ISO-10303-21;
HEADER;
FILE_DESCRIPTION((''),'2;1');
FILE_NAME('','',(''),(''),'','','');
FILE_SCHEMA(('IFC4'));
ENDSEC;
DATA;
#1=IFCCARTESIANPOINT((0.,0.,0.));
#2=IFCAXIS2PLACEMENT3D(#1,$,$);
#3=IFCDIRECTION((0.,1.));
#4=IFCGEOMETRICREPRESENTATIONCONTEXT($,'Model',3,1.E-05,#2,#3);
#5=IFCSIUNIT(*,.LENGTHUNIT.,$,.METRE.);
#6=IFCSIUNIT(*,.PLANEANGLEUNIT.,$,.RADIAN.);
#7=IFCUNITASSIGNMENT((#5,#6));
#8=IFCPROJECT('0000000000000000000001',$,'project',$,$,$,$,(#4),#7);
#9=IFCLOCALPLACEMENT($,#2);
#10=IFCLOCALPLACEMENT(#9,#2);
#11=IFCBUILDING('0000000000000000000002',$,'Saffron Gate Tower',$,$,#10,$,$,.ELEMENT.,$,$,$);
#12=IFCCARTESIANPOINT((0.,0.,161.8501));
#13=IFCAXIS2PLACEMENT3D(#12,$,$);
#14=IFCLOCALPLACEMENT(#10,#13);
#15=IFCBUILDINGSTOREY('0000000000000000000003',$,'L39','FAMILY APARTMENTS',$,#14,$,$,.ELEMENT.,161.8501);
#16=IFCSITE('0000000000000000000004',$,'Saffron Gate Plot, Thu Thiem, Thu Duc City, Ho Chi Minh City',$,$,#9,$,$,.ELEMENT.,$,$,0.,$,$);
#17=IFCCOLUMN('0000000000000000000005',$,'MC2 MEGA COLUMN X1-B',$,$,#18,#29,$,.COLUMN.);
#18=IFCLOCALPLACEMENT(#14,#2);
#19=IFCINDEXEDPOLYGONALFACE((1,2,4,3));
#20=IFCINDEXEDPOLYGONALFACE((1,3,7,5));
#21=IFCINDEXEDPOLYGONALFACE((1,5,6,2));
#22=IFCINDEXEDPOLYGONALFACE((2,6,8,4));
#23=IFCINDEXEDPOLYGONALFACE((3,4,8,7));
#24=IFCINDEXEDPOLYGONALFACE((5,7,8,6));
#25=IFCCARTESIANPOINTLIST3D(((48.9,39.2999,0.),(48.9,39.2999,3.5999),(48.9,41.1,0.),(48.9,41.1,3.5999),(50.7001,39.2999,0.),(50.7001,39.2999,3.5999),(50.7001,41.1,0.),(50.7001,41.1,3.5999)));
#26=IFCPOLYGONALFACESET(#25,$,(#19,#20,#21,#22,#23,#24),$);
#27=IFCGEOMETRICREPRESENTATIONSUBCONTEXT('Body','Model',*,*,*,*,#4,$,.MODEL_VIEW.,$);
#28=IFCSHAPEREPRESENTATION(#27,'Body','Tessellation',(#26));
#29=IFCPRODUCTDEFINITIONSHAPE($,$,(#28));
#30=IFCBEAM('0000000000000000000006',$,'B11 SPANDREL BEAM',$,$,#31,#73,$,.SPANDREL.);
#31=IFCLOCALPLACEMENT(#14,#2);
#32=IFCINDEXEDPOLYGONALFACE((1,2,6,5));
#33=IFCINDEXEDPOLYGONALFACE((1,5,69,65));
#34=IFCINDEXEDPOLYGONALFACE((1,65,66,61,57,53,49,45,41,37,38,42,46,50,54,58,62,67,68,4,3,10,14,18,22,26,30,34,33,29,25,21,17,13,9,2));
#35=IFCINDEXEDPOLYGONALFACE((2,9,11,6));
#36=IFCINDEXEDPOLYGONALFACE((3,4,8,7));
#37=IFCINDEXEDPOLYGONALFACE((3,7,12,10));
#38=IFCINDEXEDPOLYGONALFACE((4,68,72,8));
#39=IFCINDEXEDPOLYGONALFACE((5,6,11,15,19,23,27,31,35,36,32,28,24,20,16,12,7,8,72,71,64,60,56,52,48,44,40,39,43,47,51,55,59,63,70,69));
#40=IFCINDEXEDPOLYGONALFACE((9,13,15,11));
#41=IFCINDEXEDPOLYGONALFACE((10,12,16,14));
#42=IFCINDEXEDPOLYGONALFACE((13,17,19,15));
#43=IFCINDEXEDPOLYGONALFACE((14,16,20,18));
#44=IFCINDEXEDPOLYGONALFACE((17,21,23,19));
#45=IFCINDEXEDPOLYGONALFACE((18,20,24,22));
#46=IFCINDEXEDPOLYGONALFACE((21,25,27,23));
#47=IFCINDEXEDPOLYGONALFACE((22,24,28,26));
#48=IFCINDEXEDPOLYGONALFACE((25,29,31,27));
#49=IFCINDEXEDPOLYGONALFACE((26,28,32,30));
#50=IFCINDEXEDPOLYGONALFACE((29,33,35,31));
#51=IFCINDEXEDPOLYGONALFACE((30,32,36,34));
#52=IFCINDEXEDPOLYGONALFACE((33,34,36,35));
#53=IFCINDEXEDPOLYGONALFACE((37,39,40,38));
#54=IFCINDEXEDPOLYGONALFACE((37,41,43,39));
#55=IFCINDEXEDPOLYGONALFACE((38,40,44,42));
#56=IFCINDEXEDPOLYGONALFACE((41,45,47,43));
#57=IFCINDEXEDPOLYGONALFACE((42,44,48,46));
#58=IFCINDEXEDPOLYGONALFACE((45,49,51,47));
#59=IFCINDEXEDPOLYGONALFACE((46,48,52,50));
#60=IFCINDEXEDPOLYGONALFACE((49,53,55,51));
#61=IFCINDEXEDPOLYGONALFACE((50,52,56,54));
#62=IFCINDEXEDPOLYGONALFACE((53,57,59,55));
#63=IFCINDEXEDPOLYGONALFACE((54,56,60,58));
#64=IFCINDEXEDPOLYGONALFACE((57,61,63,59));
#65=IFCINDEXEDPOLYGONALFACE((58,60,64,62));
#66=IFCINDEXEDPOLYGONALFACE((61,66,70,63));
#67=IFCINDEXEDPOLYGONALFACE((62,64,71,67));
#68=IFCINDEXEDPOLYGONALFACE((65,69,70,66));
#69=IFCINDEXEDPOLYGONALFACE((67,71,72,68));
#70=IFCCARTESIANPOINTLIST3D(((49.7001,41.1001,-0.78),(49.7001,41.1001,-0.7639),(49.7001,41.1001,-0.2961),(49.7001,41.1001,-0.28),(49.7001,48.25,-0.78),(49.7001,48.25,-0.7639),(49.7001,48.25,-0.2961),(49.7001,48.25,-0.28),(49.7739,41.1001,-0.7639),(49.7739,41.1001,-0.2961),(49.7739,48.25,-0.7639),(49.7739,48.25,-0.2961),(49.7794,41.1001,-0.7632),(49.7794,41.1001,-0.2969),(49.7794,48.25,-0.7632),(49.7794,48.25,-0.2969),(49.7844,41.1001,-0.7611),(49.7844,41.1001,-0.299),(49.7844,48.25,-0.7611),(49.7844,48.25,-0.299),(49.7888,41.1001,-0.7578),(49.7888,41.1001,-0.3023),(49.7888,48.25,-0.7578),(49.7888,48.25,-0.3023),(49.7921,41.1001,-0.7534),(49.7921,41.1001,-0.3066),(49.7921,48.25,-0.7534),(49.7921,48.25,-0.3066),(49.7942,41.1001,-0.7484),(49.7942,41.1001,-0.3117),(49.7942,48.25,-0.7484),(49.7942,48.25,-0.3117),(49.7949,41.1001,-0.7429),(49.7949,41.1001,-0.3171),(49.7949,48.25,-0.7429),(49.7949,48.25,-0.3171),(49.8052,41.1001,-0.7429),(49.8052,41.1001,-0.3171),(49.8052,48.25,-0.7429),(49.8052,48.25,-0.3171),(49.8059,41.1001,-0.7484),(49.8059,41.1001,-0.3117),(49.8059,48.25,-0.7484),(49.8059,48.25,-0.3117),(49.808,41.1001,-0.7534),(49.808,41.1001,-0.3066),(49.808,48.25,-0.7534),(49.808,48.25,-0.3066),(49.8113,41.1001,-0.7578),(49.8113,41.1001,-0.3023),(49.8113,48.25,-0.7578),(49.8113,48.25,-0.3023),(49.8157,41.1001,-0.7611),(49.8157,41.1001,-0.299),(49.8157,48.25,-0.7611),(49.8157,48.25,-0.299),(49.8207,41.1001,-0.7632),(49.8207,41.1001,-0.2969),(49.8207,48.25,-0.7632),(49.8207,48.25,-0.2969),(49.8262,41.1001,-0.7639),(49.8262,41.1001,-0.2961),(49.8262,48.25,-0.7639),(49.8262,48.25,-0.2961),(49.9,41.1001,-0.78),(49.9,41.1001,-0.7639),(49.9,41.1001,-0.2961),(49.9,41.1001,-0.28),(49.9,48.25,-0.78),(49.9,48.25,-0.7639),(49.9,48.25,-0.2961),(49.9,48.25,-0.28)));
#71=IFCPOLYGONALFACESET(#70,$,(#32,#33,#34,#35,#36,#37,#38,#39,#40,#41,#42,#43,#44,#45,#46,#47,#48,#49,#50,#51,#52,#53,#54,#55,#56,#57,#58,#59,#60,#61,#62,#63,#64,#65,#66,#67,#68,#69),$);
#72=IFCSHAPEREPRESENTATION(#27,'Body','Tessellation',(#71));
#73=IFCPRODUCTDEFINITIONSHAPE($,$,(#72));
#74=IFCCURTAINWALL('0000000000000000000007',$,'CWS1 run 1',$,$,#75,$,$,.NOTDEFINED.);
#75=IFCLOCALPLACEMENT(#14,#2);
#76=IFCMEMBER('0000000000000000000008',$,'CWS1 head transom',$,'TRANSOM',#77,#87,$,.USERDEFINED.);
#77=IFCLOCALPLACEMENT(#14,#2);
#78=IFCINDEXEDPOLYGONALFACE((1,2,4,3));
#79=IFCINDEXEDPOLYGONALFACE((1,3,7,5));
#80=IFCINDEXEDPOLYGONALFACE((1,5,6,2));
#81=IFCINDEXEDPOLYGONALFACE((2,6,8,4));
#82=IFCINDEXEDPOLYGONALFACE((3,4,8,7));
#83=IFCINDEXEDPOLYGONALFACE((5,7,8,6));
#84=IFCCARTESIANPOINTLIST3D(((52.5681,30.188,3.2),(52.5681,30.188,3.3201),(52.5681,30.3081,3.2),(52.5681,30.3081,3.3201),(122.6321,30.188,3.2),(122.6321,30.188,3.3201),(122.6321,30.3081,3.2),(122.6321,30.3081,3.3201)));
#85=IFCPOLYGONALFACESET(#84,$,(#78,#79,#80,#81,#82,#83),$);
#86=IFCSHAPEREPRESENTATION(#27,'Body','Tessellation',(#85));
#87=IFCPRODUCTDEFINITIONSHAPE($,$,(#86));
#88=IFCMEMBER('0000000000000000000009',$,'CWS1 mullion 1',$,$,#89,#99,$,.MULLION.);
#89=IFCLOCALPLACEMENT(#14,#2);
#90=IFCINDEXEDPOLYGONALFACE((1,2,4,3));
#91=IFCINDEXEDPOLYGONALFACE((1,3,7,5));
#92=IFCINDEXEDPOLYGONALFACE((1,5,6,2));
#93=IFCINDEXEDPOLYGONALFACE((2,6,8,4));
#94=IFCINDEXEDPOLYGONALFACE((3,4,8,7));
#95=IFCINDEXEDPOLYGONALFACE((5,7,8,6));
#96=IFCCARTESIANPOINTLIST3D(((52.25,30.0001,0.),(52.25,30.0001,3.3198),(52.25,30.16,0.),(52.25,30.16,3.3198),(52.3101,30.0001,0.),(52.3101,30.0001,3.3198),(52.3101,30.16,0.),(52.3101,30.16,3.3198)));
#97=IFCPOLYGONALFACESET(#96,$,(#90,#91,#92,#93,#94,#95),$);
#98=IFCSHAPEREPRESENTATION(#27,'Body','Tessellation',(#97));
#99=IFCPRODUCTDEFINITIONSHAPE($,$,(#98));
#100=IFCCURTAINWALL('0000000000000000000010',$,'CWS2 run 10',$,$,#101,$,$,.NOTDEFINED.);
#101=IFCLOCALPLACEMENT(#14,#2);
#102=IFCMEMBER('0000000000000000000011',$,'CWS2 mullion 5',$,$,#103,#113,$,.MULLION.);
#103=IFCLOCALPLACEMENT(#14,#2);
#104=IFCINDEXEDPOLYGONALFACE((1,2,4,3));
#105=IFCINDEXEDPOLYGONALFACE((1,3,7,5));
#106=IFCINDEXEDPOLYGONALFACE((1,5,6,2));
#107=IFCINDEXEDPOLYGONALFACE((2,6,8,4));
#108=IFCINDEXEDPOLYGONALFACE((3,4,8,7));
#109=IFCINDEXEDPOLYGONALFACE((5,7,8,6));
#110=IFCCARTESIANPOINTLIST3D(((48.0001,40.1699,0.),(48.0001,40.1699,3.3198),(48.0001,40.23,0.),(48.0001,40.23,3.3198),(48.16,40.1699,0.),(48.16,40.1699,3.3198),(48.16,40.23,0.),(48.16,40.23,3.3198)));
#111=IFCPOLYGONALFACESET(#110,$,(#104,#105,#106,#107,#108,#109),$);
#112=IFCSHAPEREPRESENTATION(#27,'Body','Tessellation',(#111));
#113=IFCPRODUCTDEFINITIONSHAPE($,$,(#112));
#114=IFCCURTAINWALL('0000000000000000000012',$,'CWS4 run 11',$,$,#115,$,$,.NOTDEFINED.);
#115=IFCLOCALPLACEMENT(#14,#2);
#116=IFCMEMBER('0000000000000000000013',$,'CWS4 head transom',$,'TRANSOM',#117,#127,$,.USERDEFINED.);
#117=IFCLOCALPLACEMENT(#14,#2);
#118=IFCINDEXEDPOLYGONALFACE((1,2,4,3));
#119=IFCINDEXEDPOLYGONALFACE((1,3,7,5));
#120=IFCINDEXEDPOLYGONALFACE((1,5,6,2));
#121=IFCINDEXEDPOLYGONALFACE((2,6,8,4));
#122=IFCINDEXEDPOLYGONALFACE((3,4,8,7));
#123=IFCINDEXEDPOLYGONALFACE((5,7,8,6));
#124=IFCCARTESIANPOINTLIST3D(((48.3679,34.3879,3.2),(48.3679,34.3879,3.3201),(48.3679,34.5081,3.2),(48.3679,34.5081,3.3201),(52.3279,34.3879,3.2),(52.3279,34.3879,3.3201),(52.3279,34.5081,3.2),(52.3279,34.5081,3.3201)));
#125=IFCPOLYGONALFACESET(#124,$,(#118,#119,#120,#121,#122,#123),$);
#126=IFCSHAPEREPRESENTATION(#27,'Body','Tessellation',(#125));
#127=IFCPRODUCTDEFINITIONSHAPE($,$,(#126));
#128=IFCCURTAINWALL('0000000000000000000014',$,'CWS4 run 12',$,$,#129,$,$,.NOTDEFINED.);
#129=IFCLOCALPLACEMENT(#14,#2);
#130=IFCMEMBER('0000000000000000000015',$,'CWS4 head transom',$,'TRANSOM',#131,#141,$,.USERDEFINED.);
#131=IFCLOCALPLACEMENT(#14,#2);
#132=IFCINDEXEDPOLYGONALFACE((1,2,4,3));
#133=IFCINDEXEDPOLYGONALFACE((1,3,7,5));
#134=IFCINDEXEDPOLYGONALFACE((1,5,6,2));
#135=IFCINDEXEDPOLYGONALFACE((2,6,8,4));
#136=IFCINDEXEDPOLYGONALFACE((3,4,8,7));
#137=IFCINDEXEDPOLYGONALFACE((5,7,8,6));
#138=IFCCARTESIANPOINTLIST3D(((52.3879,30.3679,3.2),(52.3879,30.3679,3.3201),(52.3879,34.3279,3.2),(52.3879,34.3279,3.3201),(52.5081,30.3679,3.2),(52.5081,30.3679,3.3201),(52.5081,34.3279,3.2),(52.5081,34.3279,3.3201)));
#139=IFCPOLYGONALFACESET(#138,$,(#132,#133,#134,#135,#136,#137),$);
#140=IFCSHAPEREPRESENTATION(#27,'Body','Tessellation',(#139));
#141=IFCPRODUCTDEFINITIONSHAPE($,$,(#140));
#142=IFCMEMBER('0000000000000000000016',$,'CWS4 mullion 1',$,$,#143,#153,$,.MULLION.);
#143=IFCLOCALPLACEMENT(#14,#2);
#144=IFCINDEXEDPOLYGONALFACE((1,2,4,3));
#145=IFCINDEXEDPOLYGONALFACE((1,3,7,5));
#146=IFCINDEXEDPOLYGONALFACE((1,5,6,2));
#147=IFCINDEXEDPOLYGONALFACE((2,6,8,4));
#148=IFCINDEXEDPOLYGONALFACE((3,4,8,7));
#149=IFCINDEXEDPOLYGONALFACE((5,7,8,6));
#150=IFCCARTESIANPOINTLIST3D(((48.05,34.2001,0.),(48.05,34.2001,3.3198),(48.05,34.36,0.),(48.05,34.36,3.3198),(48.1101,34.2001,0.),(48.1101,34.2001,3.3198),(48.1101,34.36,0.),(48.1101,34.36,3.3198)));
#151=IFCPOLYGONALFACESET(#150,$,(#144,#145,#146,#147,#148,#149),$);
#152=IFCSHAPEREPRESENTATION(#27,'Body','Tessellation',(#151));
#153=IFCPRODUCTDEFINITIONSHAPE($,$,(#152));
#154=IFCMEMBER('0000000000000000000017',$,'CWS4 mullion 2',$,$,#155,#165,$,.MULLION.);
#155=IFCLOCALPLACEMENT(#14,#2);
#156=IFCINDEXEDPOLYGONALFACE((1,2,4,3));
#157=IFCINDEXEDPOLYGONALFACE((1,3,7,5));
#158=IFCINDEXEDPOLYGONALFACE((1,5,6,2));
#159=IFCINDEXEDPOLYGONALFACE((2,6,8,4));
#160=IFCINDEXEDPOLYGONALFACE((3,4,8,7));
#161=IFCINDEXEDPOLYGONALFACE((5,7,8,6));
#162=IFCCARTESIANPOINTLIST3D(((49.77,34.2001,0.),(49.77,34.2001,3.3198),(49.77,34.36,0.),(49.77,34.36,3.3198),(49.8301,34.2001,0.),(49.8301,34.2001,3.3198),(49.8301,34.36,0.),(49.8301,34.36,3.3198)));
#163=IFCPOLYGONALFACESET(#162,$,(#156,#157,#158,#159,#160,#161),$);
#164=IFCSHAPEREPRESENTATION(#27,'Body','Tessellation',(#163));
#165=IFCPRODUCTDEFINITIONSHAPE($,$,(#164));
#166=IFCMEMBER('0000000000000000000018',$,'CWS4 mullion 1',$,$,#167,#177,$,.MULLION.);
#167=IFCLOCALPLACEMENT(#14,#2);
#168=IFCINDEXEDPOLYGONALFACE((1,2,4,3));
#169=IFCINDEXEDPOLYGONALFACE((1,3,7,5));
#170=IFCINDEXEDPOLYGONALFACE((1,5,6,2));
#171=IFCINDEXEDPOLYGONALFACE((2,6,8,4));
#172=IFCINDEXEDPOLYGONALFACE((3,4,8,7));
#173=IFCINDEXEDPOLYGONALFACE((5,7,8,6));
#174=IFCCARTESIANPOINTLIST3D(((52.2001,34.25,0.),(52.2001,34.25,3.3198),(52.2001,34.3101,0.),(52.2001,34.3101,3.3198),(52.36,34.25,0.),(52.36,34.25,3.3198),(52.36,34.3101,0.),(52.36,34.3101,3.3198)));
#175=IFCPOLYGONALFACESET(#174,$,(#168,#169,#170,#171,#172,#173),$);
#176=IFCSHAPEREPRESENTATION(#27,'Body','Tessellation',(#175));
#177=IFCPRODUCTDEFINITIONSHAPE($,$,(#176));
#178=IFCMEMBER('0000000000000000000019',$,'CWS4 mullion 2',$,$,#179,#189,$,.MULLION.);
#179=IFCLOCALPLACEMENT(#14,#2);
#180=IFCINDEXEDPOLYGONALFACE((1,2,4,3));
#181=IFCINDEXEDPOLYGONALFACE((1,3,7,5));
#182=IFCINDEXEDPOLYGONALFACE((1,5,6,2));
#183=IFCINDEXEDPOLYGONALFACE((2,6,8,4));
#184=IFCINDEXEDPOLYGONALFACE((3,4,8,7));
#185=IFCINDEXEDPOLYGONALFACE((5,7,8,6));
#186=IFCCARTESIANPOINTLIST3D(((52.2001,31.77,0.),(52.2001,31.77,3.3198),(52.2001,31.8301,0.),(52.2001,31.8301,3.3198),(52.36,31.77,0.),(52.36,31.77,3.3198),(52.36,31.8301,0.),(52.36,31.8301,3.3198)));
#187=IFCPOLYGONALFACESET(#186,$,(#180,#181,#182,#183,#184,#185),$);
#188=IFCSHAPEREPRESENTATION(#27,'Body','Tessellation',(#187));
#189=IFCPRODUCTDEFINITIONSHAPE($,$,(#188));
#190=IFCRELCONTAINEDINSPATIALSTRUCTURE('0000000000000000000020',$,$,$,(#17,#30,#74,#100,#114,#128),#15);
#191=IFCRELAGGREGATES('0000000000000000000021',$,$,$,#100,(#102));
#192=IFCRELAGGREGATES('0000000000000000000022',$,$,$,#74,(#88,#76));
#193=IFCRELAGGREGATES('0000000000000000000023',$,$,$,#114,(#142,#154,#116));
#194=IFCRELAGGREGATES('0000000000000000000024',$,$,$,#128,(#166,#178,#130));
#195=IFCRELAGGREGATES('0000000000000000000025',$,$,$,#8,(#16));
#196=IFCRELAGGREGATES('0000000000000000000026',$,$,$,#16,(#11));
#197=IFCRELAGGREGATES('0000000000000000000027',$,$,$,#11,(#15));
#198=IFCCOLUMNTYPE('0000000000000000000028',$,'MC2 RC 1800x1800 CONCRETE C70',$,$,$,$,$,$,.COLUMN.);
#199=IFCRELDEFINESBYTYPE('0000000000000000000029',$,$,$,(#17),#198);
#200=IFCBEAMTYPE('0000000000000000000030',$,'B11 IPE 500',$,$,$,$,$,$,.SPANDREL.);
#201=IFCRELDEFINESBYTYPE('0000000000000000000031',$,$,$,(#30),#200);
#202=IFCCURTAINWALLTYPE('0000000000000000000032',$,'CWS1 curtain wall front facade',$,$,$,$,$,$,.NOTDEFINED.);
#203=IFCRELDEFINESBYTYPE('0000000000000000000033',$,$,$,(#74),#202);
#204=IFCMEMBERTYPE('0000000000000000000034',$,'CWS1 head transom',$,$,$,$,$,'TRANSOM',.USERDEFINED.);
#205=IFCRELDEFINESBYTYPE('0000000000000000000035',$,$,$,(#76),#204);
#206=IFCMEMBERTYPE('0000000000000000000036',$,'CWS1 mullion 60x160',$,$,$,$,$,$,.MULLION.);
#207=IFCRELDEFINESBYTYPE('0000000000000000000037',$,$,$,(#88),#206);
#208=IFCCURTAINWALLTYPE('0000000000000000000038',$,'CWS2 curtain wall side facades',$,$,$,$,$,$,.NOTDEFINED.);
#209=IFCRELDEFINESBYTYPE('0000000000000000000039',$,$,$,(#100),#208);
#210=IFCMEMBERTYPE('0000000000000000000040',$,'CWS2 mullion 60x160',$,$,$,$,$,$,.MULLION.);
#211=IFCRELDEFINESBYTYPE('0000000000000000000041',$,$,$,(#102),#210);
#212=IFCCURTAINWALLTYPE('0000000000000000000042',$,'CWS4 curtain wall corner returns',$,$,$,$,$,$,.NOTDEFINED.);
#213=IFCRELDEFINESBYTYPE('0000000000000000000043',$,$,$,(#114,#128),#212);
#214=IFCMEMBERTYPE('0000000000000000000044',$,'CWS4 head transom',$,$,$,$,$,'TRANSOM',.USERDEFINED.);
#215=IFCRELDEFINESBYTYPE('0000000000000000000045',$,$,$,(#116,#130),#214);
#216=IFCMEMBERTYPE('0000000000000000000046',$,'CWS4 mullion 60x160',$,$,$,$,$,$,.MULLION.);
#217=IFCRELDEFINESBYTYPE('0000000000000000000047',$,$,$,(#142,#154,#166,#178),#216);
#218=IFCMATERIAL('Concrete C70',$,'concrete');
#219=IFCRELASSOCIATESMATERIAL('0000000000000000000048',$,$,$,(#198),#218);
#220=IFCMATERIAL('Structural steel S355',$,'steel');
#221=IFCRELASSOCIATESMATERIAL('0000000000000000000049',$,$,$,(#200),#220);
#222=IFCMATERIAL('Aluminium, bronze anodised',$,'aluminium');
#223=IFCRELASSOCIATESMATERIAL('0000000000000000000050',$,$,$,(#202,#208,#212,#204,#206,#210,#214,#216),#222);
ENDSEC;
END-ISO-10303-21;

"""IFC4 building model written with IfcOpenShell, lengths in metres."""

from ifc_helpers import new_model, si_unit, direction, frame, origin, origin_2d, place, context, subcontext, project, spatial, rectangle, i_section, extrude, material, material_profile, profile_set, type_object, element, aggregate, save


model = new_model("IFC4")

# Units and contexts
model_context = context("Model", 3, precision=1e-05, world=origin(), true_north=direction((0.0, 1.0)))
body_context = subcontext(model_context, "Body", "Model", "MODEL_VIEW")
ifc_project = project(units=[si_unit("LENGTHUNIT", "METRE"), si_unit("PLANEANGLEUNIT", "RADIAN")], contexts=[model_context])

# Site, building, storey
site_placement = place(None, origin())
site = spatial("IfcSite", under=ifc_project, at=site_placement, Name="Saffron Gate Plot, Thu Thiem, Thu Duc City, Ho Chi Minh City", CompositionType="ELEMENT", RefElevation=0.0)
building_placement = place(site_placement, origin())
building = spatial("IfcBuilding", under=site, at=building_placement, Name="Saffron Gate Tower", CompositionType="ELEMENT")
storey_placement = place(building_placement, frame((0.0, 0.0, 161.8501)))
storey = spatial("IfcBuildingStorey", under=building, at=storey_placement, Name="L39", Description="FAMILY APARTMENTS", CompositionType="ELEMENT", Elevation=161.8501)

# Column
ifc_material_1 = material(Name="Concrete C70", Category="concrete")
ifc_material_profile_1 = material_profile(ifc_material_1, rectangle(XDim=1.8, YDim=1.8, at=origin_2d()))
ifc_profile_set_1 = profile_set([ifc_material_profile_1], Name="Concrete C70")
column_type = type_object("IfcColumnType", Name="MC2 RC 1800x1800 CONCRETE C70", PredefinedType="COLUMN", material=ifc_profile_set_1)
column_placement = place(storey_placement, frame((49.8, 40.2, 0.0), z_axis=(0.0, 0.0, 1.0), x_axis=(1.0, 0.0, 0.0)))
element("IfcColumn", 1, at=column_placement, inside=storey, type_object=column_type, Name="MC2 MEGA COLUMN X1-B", PredefinedType="COLUMN", context=body_context, shape_type="SweptSolid", body=[
    extrude(rectangle(XDim=1.8, YDim=1.8, at=origin_2d()), origin(), (0.0, 0.0, 1.0), 3.5999),
])

# Beam
ifc_material_2 = material(Name="Structural steel S355", Category="steel")
ifc_material_profile_2 = material_profile(ifc_material_2, i_section(OverallWidth=0.2, OverallDepth=0.5, WebThickness=0.0103, FlangeThickness=0.0161, FilletRadius=0.021, at=origin_2d()))
ifc_profile_set_2 = profile_set([ifc_material_profile_2], Name="Structural steel S355")
beam_type = type_object("IfcBeamType", Name="B11 IPE 500", PredefinedType="SPANDREL", material=ifc_profile_set_2)
beam_placement = place(storey_placement, frame((49.8, 41.1001, -0.53), z_axis=(0.0, 1.0, 0.0), x_axis=(-1.0, 0.0, 0.0)))
element("IfcBeam", 2, at=beam_placement, inside=storey, type_object=beam_type, Name="B11 SPANDREL BEAM", PredefinedType="SPANDREL", context=body_context, shape_type="SweptSolid", body=[
    extrude(i_section(OverallWidth=0.2, OverallDepth=0.5, WebThickness=0.0103, FlangeThickness=0.0161, FilletRadius=0.021, at=origin_2d()), origin(), (0.0, 0.0, 1.0), 7.1499),
])

# Curtain wall, members
ifc_material_3 = material(Name="Aluminium, bronze anodised", Category="aluminium")
curtain_wall_type_1 = type_object("IfcCurtainWallType", Name="CWS1 curtain wall front facade", PredefinedType="NOTDEFINED", material=ifc_material_3)
curtain_wall_1_placement = place(storey_placement, origin())
curtain_wall_1 = element("IfcCurtainWall", 3, at=curtain_wall_1_placement, inside=storey, type_object=curtain_wall_type_1, Name="CWS1 run 1", PredefinedType="NOTDEFINED")
ifc_material_profile_3 = material_profile(ifc_material_3, rectangle(XDim=0.1201, YDim=0.1201, at=origin_2d()))
ifc_profile_set_3 = profile_set([ifc_material_profile_3], Name="Aluminium, bronze anodised")
member_type_1 = type_object("IfcMemberType", Name="CWS1 head transom", ElementType="TRANSOM", PredefinedType="USERDEFINED", material=ifc_profile_set_3)
member_1_placement = place(storey_placement, frame((52.5681, 30.248, 3.26), z_axis=(1.0, 0.0, 0.0), x_axis=(0.0, 1.0, 0.0)))
member_1 = element("IfcMember", 4, at=member_1_placement, type_object=member_type_1, Name="CWS1 head transom", ObjectType="TRANSOM", PredefinedType="USERDEFINED", context=body_context, shape_type="SweptSolid", body=[
    extrude(rectangle(XDim=0.1201, YDim=0.1201, at=origin_2d()), origin(), (0.0, 0.0, 1.0), 70.064),
])
ifc_material_profile_4 = material_profile(ifc_material_3, rectangle(XDim=0.1599, YDim=0.0601, at=origin_2d()))
ifc_profile_set_4 = profile_set([ifc_material_profile_4], Name="Aluminium, bronze anodised")
member_type_2 = type_object("IfcMemberType", Name="CWS1 mullion 60x160", PredefinedType="MULLION", material=ifc_profile_set_4)
member_2_placement = place(storey_placement, frame((52.28, 30.0801, 0.0), z_axis=(0.0, 0.0, 1.0), x_axis=(0.0, 1.0, 0.0)))
member_2 = element("IfcMember", 5, at=member_2_placement, type_object=member_type_2, Name="CWS1 mullion 1", PredefinedType="MULLION", context=body_context, shape_type="SweptSolid", body=[
    extrude(rectangle(XDim=0.1599, YDim=0.0601, at=origin_2d()), origin(), (0.0, 0.0, 1.0), 3.3198),
])

# Curtain walls, members
curtain_wall_type_2 = type_object("IfcCurtainWallType", Name="CWS2 curtain wall side facades", PredefinedType="NOTDEFINED", material=ifc_material_3)
curtain_wall_2_placement = place(storey_placement, origin())
curtain_wall_2 = element("IfcCurtainWall", 6, at=curtain_wall_2_placement, inside=storey, type_object=curtain_wall_type_2, Name="CWS2 run 10", PredefinedType="NOTDEFINED")
ifc_material_profile_5 = material_profile(ifc_material_3, rectangle(XDim=0.1599, YDim=0.0601, at=origin_2d()))
ifc_profile_set_5 = profile_set([ifc_material_profile_5], Name="Aluminium, bronze anodised")
member_type_3 = type_object("IfcMemberType", Name="CWS2 mullion 60x160", PredefinedType="MULLION", material=ifc_profile_set_5)
member_3_placement = place(storey_placement, frame((48.0801, 40.2, 0.0), z_axis=(0.0, 0.0, 1.0), x_axis=(1.0, 0.0, 0.0)))
member_3 = element("IfcMember", 7, at=member_3_placement, type_object=member_type_3, Name="CWS2 mullion 5", PredefinedType="MULLION", context=body_context, shape_type="SweptSolid", body=[
    extrude(rectangle(XDim=0.1599, YDim=0.0601, at=origin_2d()), origin(), (0.0, 0.0, 1.0), 3.3198),
])
aggregate(curtain_wall_2, [member_3])
curtain_wall_type_3 = type_object("IfcCurtainWallType", Name="CWS4 curtain wall corner returns", PredefinedType="NOTDEFINED", material=ifc_material_3)
curtain_wall_3_placement = place(storey_placement, origin())
curtain_wall_3 = element("IfcCurtainWall", 8, at=curtain_wall_3_placement, inside=storey, type_object=curtain_wall_type_3, Name="CWS4 run 11", PredefinedType="NOTDEFINED")
ifc_material_profile_6 = material_profile(ifc_material_3, rectangle(XDim=0.1201, YDim=0.1201, at=origin_2d()))
ifc_profile_set_6 = profile_set([ifc_material_profile_6], Name="Aluminium, bronze anodised")
member_type_4 = type_object("IfcMemberType", Name="CWS4 head transom", ElementType="TRANSOM", PredefinedType="USERDEFINED", material=ifc_profile_set_6)
member_4_placement = place(storey_placement, frame((48.3679, 34.448, 3.26), z_axis=(1.0, 0.0, 0.0), x_axis=(0.0, 1.0, 0.0)))
member_4 = element("IfcMember", 9, at=member_4_placement, type_object=member_type_4, Name="CWS4 head transom", ObjectType="TRANSOM", PredefinedType="USERDEFINED", context=body_context, shape_type="SweptSolid", body=[
    extrude(rectangle(XDim=0.1201, YDim=0.1201, at=origin_2d()), origin(), (0.0, 0.0, 1.0), 3.96),
])
curtain_wall_4_placement = place(storey_placement, origin())
curtain_wall_4 = element("IfcCurtainWall", 10, at=curtain_wall_4_placement, inside=storey, type_object=curtain_wall_type_3, Name="CWS4 run 12", PredefinedType="NOTDEFINED")
member_5_placement = place(storey_placement, frame((52.448, 34.3279, 3.26), z_axis=(0.0, -1.0, 0.0), x_axis=(1.0, 0.0, 0.0)))
member_5 = element("IfcMember", 11, at=member_5_placement, type_object=member_type_4, Name="CWS4 head transom", ObjectType="TRANSOM", PredefinedType="USERDEFINED", context=body_context, shape_type="SweptSolid", body=[
    extrude(rectangle(XDim=0.1201, YDim=0.1201, at=origin_2d()), origin(), (0.0, 0.0, 1.0), 3.96),
])

# Members
ifc_material_profile_7 = material_profile(ifc_material_3, rectangle(XDim=0.1599, YDim=0.0601, at=origin_2d()))
ifc_profile_set_7 = profile_set([ifc_material_profile_7], Name="Aluminium, bronze anodised")
member_type_5 = type_object("IfcMemberType", Name="CWS4 mullion 60x160", PredefinedType="MULLION", material=ifc_profile_set_7)
member_6_placement = place(storey_placement, frame((48.0801, 34.28, 0.0), z_axis=(0.0, 0.0, 1.0), x_axis=(0.0, 1.0, 0.0)))
member_6 = element("IfcMember", 12, at=member_6_placement, type_object=member_type_5, Name="CWS4 mullion 1", PredefinedType="MULLION", context=body_context, shape_type="SweptSolid", body=[
    extrude(rectangle(XDim=0.1599, YDim=0.0601, at=origin_2d()), origin(), (0.0, 0.0, 1.0), 3.3198),
])
member_7_placement = place(storey_placement, frame((49.8, 34.28, 0.0), z_axis=(0.0, 0.0, 1.0), x_axis=(0.0, 1.0, 0.0)))
member_7 = element("IfcMember", 13, at=member_7_placement, type_object=member_type_5, Name="CWS4 mullion 2", PredefinedType="MULLION", context=body_context, shape_type="SweptSolid", body=[
    extrude(rectangle(XDim=0.1599, YDim=0.0601, at=origin_2d()), origin(), (0.0, 0.0, 1.0), 3.3198),
])
member_8_placement = place(storey_placement, frame((52.28, 34.28, 0.0), z_axis=(0.0, 0.0, 1.0), x_axis=(1.0, 0.0, 0.0)))
member_8 = element("IfcMember", 14, at=member_8_placement, type_object=member_type_5, Name="CWS4 mullion 1", PredefinedType="MULLION", context=body_context, shape_type="SweptSolid", body=[
    extrude(rectangle(XDim=0.1599, YDim=0.0601, at=origin_2d()), origin(), (0.0, 0.0, 1.0), 3.3198),
])
member_9_placement = place(storey_placement, frame((52.28, 31.8, 0.0), z_axis=(0.0, 0.0, 1.0), x_axis=(1.0, 0.0, 0.0)))
member_9 = element("IfcMember", 15, at=member_9_placement, type_object=member_type_5, Name="CWS4 mullion 2", PredefinedType="MULLION", context=body_context, shape_type="SweptSolid", body=[
    extrude(rectangle(XDim=0.1599, YDim=0.0601, at=origin_2d()), origin(), (0.0, 0.0, 1.0), 3.3198),
])

aggregate(curtain_wall_1, [member_2, member_1])

aggregate(curtain_wall_3, [member_6, member_7, member_4])
aggregate(curtain_wall_4, [member_8, member_9, member_5])

save(model, "model.ifc")
